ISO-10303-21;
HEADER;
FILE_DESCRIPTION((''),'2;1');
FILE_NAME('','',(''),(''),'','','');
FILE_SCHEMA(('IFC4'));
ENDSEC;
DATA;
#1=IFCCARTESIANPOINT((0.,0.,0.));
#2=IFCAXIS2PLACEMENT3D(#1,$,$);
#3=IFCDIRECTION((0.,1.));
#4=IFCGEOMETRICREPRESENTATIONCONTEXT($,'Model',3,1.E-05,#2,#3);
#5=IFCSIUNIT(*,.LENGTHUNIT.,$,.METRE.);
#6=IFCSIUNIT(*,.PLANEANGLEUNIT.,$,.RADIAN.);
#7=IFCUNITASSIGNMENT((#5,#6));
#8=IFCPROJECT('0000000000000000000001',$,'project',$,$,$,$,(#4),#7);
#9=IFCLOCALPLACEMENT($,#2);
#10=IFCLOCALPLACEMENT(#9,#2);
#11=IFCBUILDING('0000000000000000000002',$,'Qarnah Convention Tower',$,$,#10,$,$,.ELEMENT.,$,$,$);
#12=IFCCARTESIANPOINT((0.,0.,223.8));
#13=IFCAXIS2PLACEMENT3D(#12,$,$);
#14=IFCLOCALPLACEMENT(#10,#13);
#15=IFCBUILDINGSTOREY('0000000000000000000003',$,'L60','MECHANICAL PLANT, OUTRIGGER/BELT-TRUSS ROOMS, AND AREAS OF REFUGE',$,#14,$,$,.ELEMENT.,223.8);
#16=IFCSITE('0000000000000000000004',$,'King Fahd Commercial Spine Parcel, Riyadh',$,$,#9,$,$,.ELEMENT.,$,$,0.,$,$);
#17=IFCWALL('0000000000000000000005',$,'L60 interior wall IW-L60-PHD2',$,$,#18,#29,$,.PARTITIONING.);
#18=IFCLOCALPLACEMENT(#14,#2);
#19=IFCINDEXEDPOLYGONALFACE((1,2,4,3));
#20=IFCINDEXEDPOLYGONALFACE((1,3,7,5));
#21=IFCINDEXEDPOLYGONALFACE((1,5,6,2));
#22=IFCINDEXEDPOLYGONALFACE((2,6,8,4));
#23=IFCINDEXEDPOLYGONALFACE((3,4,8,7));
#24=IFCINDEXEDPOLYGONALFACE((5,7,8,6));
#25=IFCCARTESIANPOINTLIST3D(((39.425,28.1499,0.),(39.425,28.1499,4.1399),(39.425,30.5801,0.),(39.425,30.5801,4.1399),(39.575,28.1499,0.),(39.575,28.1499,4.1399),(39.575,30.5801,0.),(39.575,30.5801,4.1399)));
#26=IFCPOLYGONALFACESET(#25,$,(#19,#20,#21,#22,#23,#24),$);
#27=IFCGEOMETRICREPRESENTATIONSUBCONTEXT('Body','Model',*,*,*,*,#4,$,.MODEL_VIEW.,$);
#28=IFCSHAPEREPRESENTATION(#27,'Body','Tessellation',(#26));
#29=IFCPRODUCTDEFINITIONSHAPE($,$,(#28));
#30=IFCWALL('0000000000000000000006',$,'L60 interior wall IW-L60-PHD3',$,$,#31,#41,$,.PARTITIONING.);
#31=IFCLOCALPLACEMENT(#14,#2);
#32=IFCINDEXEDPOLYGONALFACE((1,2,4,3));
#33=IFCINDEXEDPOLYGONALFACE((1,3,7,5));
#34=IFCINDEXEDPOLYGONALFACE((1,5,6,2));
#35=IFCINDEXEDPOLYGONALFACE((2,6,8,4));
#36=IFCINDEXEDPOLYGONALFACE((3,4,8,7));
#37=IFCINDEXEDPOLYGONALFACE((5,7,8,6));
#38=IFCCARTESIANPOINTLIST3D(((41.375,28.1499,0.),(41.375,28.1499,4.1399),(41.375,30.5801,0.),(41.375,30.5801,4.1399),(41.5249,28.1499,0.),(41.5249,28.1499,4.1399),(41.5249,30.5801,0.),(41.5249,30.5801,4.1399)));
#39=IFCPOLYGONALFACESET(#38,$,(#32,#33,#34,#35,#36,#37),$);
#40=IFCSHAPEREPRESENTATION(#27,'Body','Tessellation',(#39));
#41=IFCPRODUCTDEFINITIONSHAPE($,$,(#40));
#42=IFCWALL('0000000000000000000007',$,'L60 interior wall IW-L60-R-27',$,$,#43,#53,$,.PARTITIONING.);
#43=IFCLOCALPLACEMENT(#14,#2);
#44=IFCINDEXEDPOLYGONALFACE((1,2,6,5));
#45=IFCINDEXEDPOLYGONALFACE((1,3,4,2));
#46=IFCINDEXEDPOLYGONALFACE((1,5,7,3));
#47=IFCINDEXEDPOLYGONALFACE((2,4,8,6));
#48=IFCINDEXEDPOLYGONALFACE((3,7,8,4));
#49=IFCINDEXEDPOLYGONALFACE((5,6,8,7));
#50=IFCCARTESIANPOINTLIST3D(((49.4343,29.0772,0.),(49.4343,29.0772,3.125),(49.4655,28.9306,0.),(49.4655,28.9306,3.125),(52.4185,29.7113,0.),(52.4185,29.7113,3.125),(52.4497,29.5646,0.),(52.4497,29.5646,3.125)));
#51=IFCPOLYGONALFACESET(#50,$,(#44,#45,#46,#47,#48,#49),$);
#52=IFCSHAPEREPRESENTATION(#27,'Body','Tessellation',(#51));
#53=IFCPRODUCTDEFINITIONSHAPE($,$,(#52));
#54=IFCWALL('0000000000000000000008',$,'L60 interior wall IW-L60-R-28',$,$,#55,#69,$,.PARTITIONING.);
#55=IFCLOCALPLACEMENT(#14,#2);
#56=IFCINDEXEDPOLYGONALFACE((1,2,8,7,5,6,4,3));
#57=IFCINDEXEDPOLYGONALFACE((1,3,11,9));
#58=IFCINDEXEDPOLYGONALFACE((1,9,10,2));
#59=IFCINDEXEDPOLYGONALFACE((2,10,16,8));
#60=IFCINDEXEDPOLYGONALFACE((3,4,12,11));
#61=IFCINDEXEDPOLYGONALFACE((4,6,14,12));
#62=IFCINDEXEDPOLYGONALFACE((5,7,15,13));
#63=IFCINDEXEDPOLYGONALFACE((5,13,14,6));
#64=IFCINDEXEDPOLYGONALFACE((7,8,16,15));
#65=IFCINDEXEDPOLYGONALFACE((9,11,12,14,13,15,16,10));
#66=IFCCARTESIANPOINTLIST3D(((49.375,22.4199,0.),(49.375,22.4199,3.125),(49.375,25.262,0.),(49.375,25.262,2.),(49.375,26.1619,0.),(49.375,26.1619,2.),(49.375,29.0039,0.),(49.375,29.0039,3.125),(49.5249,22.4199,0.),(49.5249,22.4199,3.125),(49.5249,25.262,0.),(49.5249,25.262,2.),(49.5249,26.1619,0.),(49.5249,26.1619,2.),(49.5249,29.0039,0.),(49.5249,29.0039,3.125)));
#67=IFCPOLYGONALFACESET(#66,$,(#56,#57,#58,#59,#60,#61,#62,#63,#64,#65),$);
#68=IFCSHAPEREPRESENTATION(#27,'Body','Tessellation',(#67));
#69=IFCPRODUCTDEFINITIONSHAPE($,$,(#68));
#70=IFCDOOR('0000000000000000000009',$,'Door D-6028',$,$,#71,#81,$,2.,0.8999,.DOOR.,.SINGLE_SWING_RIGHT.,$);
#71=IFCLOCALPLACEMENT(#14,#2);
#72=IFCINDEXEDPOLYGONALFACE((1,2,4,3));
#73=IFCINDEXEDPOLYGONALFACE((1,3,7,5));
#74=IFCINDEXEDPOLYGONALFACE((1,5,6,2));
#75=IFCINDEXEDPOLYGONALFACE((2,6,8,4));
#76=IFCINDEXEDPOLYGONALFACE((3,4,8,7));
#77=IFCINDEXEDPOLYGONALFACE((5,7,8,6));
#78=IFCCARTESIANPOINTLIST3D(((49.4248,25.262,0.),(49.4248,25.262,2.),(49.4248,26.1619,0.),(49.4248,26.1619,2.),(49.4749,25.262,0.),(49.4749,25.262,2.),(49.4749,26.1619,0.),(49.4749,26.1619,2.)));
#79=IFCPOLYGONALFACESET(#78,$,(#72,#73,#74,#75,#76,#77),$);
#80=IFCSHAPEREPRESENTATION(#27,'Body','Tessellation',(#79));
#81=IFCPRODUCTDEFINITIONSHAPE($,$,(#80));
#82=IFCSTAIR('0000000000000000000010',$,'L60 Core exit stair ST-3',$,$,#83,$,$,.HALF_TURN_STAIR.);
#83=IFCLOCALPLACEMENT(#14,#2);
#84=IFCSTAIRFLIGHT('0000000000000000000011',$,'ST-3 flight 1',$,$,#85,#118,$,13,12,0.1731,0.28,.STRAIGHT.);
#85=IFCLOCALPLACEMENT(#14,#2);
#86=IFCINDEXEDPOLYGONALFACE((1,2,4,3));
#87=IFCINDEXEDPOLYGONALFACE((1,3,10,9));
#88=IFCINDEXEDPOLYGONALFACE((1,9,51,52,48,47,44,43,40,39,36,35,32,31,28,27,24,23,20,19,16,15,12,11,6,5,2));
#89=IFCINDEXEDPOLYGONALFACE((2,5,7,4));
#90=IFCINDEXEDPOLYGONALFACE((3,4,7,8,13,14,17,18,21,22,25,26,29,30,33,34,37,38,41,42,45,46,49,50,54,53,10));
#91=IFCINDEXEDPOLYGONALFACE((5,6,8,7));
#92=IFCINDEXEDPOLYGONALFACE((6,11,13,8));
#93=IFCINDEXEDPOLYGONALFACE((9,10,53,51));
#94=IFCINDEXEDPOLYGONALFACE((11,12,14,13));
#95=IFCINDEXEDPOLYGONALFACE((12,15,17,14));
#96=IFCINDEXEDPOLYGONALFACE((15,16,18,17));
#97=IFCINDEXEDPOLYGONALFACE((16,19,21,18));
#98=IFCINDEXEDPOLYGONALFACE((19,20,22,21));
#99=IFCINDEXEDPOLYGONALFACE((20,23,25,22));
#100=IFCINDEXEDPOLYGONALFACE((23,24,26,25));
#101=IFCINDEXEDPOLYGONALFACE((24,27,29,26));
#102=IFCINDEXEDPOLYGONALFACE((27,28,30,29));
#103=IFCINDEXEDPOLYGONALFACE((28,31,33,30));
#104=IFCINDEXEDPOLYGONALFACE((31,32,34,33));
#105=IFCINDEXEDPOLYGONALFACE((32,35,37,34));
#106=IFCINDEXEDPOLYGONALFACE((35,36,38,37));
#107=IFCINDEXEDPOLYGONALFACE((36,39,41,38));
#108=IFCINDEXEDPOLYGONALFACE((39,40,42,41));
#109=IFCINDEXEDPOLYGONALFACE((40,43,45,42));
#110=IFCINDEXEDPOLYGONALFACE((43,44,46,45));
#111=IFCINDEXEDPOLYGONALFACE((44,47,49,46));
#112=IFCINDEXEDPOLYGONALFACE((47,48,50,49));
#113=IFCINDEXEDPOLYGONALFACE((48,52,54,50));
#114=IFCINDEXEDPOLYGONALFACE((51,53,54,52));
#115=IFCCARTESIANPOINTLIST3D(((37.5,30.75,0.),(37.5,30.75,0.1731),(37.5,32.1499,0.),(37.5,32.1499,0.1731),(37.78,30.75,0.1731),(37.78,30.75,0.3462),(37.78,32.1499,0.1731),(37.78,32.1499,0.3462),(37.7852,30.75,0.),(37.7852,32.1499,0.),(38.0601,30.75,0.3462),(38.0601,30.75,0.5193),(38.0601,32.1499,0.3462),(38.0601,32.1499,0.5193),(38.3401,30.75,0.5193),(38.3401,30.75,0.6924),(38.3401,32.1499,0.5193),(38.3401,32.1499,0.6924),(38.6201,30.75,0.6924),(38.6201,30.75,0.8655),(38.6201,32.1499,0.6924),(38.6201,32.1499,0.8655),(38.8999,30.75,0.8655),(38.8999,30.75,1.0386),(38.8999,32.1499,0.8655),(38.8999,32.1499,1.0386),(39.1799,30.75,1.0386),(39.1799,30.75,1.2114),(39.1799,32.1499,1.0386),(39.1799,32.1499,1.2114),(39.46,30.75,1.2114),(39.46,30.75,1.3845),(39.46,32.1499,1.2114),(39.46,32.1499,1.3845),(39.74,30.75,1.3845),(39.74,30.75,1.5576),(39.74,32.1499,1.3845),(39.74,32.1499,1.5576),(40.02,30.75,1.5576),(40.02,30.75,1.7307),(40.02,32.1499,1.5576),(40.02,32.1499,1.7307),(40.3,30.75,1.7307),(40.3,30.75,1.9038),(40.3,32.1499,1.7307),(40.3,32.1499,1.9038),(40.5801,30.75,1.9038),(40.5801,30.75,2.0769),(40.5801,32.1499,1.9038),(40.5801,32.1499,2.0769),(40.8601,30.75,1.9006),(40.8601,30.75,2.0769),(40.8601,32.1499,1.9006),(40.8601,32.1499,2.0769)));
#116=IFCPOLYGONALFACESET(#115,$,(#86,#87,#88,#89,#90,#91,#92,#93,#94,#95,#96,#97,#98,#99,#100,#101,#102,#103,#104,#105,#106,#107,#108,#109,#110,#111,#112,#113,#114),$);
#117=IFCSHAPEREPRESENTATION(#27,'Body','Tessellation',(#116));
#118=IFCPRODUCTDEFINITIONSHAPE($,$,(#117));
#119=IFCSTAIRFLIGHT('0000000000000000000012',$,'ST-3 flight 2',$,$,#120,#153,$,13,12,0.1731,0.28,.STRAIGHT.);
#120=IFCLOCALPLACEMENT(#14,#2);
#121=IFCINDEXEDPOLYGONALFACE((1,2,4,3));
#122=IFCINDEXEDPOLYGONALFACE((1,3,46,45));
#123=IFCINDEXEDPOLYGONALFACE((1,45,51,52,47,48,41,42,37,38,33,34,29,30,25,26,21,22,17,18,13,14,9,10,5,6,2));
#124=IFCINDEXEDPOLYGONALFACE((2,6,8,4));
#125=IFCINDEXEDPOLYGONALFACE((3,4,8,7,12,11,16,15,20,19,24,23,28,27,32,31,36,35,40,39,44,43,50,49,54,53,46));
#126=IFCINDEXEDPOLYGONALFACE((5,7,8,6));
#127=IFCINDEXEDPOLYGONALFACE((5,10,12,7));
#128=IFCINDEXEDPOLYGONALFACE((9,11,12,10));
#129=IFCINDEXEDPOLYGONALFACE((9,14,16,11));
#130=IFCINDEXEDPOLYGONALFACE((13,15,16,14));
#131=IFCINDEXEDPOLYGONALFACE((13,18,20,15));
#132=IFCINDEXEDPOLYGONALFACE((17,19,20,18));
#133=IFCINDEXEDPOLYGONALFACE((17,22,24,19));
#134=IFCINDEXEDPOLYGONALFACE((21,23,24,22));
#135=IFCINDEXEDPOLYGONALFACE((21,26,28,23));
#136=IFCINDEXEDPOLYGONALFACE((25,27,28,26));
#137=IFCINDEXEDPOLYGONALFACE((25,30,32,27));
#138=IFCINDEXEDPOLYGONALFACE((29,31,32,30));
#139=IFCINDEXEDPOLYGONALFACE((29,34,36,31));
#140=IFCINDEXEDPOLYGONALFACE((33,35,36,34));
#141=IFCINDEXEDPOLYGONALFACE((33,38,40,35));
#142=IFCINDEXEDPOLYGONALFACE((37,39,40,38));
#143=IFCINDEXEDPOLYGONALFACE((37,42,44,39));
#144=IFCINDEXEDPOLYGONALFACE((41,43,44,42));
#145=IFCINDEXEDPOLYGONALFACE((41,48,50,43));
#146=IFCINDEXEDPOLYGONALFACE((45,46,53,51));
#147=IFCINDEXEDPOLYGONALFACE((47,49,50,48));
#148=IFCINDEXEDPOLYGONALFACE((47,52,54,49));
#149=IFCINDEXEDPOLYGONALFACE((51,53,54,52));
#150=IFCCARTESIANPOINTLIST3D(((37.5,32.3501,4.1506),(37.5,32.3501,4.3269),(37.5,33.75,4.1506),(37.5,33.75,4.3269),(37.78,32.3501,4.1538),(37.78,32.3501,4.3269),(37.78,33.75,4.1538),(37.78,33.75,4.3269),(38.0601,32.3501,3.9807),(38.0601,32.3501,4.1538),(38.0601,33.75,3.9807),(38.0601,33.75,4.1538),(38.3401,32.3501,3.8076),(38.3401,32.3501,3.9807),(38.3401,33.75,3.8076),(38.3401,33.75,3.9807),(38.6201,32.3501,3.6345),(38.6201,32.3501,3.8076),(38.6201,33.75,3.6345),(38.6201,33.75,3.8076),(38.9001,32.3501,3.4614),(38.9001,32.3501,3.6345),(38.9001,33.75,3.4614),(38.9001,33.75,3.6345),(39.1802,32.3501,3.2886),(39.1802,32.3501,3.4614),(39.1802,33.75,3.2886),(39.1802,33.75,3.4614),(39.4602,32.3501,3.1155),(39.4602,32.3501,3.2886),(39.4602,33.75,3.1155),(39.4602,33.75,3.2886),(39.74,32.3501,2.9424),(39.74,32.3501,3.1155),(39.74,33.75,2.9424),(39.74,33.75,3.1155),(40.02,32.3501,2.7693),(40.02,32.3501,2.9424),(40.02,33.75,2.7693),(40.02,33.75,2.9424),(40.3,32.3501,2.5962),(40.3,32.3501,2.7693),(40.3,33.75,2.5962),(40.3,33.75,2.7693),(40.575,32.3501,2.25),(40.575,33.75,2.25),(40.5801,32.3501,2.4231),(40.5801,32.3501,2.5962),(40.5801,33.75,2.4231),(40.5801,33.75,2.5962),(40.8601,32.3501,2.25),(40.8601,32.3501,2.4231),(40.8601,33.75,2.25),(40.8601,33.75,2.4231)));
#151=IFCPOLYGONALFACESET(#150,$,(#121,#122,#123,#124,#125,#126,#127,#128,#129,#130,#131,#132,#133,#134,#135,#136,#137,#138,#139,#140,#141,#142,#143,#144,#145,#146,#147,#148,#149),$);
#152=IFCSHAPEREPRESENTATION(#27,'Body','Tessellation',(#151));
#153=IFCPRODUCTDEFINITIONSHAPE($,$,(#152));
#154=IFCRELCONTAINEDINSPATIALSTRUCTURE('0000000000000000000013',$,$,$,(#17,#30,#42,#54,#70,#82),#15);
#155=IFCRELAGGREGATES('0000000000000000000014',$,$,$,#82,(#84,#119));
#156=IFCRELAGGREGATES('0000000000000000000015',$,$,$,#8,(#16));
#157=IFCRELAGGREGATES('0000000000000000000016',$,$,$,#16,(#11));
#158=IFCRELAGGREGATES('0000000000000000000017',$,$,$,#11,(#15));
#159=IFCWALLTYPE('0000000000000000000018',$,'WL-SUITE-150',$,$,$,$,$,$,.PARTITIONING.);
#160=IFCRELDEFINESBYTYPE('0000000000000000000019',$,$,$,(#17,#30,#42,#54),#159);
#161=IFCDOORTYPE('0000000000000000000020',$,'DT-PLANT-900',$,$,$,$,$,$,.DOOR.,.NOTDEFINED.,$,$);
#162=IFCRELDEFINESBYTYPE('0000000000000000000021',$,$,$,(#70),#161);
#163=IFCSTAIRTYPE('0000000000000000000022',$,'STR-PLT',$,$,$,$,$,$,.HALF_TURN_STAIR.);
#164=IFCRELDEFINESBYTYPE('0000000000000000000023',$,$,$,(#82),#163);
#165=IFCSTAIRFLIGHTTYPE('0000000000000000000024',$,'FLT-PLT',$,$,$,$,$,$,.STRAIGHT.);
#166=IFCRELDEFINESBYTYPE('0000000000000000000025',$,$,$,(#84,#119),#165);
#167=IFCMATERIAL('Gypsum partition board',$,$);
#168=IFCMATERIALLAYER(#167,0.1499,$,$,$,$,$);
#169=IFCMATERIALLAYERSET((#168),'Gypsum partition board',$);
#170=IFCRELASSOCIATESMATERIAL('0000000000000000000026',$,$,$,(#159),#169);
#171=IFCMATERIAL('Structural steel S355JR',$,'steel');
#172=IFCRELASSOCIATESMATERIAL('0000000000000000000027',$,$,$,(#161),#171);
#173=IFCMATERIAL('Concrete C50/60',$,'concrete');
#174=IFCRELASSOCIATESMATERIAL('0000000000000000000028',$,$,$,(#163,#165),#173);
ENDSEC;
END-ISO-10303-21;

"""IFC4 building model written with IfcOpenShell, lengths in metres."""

from ifc_helpers import new_model, si_unit, direction, frame, frame_2d, origin, place, context, subcontext, project, spatial, polyline, rectangle, outline, extrude, material, layer, layer_set, type_object, element, fill, aggregate, save


model = new_model("IFC4")

# Units and contexts
model_context = context("Model", 3, precision=1e-05, world=origin(), true_north=direction((0.0, 1.0)))
body_context = subcontext(model_context, "Body", "Model", "MODEL_VIEW")
ifc_project = project(units=[si_unit("LENGTHUNIT", "METRE"), si_unit("PLANEANGLEUNIT", "RADIAN")], contexts=[model_context])

# Site, building, storey
site_placement = place(None, origin())
site = spatial("IfcSite", under=ifc_project, at=site_placement, Name="King Fahd Commercial Spine Parcel, Riyadh", CompositionType="ELEMENT", RefElevation=0.0)
building_placement = place(site_placement, origin())
building = spatial("IfcBuilding", under=site, at=building_placement, Name="Qarnah Convention Tower", CompositionType="ELEMENT")
storey_placement = place(building_placement, frame((0.0, 0.0, 223.8)))
storey = spatial("IfcBuildingStorey", under=building, at=storey_placement, Name="L60", Description="MECHANICAL PLANT, OUTRIGGER/BELT-TRUSS ROOMS, AND AREAS OF REFUGE", CompositionType="ELEMENT", Elevation=223.8)

# Shared definitions
ifc_material_1 = material(Name="Concrete C50/60", Category="concrete")

# Shared definitions
ifc_material_2 = material(Name="Structural steel S355JR", Category="steel")

# Walls
ifc_material_3 = material(Name="Gypsum partition board")
ifc_layer_1 = layer(ifc_material_3, 0.1499)
ifc_layer_set_1 = layer_set([ifc_layer_1], Name="Gypsum partition board")
wall_type_1 = type_object("IfcWallType", Name="WL-SUITE-150", PredefinedType="PARTITIONING", material=ifc_layer_set_1)
for number, where, z_axis, x_axis, name in (
    (1, (39.5, 28.1499, 0.0), (0.0, 0.0, 1.0), (0.0, 1.0, 0.0), "L60 interior wall IW-L60-PHD2"),
    (2, (41.45, 28.1499, 0.0), (0.0, 0.0, 1.0), (0.0, 1.0, 0.0), "L60 interior wall IW-L60-PHD3"),
):
    element("IfcWall", number, at=place(storey_placement, frame(where, z_axis=z_axis, x_axis=x_axis)), inside=storey, type_object=wall_type_1, Name=name, PredefinedType="PARTITIONING", context=body_context, shape_type="SweptSolid", body=[
        extrude(rectangle(XDim=2.4302, YDim=0.1499, at=frame_2d((1.2151, 0.0))), origin(), (0.0, 0.0, 1.0), 4.1399),
    ])
wall_1_placement = place(storey_placement, frame((52.4341, 29.6379, 0.0), z_axis=(0.0, 0.0, 1.0), x_axis=(-0.978165, -0.207829, 0.0)))
element("IfcWall", 3, at=wall_1_placement, inside=storey, type_object=wall_type_1, Name="L60 interior wall IW-L60-R-27", PredefinedType="PARTITIONING", context=body_context, shape_type="SweptSolid", body=[
    extrude(rectangle(XDim=3.0508, YDim=0.1499, at=frame_2d((1.5254, 0.0))), origin(), (0.0, 0.0, 1.0), 3.125),
])

# Wall, opening, door
wall_2_placement = place(storey_placement, frame((49.45, 29.0039, 0.0), z_axis=(0.0, 0.0, 1.0), x_axis=(0.0, -1.0, 0.0)))
wall_2 = element("IfcWall", 4, at=wall_2_placement, inside=storey, type_object=wall_type_1, Name="L60 interior wall IW-L60-R-28", PredefinedType="PARTITIONING", context=body_context, shape_type="SweptSolid", body=[
    extrude(rectangle(XDim=6.584, YDim=0.1499, at=frame_2d((3.292, 0.0))), origin(), (0.0, 0.0, 1.0), 3.125),
])
opening_1_placement = place(wall_2_placement, frame((2.842, 0.0, 0.0)))
opening_1 = element("IfcOpeningElement", 5, at=opening_1_placement, cuts=wall_2, PredefinedType="OPENING", context=body_context, shape_type="SweptSolid", body=[
    extrude(rectangle(XDim=0.8999, YDim=2.0, at=frame_2d((0.45, 1.0))), frame((0.0, 0.085, 0.0), z_axis=(0.0, -1.0, 0.0), x_axis=(1.0, 0.0, 0.0)), (0.0, 0.0, 1.0), 0.1699),
])
door_type_1 = type_object("IfcDoorType", Name="DT-PLANT-900", OperationType="NOTDEFINED", PredefinedType="DOOR", material=ifc_material_2)
door_1_placement = place(opening_1_placement, origin())
door_1 = element("IfcDoor", 6, at=door_1_placement, inside=storey, type_object=door_type_1, Name="Door D-6028", OperationType="SINGLE_SWING_RIGHT", OverallHeight=2.0, OverallWidth=0.8999, PredefinedType="DOOR", context=body_context, shape_type="SweptSolid", body=[
    extrude(rectangle(XDim=0.8999, YDim=2.0, at=frame_2d((0.45, 1.0))), frame((0.0, 0.0249, 0.0), z_axis=(0.0, -1.0, 0.0), x_axis=(1.0, 0.0, 0.0)), (0.0, 0.0, 1.0), 0.05),
])
fill(opening_1, door_1)

# Stair, stair flights
stair_type = type_object("IfcStairType", Name="STR-PLT", PredefinedType="HALF_TURN_STAIR", material=ifc_material_1)
stair_placement = place(storey_placement, origin())
stair = element("IfcStair", 7, at=stair_placement, inside=storey, type_object=stair_type, Name="L60 Core exit stair ST-3", PredefinedType="HALF_TURN_STAIR")
stair_flight_type = type_object("IfcStairFlightType", Name="FLT-PLT", PredefinedType="STRAIGHT", material=ifc_material_1)
stair_flight_1_placement = place(storey_placement, frame((37.5, 31.45, 0.0), z_axis=(0.0, 0.0, 1.0), x_axis=(1.0, 0.0, 0.0)))
stair_flight_1 = element("IfcStairFlight", 8, at=stair_flight_1_placement, type_object=stair_flight_type, Name="ST-3 flight 1", NumberOfRisers=13, NumberOfTreads=12, PredefinedType="STRAIGHT", RiserHeight=0.1731, TreadLength=0.28, context=body_context, shape_type="SweptSolid", body=[
    extrude(outline(polyline([(0.0, 0.0), (0.0, 0.1731), (0.28, 0.1731), (0.28, 0.3462), (0.5601, 0.3462), (0.5601, 0.5193), (0.8401, 0.5193), (0.8401, 0.6924), (1.1201, 0.6924), (1.1201, 0.8655), (1.3999, 0.8655), (1.3999, 1.0386), (1.6799, 1.0386), (1.6799, 1.2114), (1.96, 1.2114), (1.96, 1.3845), (2.24, 1.3845), (2.24, 1.5576), (2.52, 1.5576), (2.52, 1.7307), (2.8, 1.7307), (2.8, 1.9038), (3.0801, 1.9038), (3.0801, 2.0769), (3.3601, 2.0769), (3.3601, 2.25), (3.3601, 1.9006), (0.2852, 0.0), (0.0, 0.0)])), frame((0.0, 0.7, 0.0), z_axis=(0.0, -1.0, 0.0), x_axis=(1.0, 0.0, 0.0)), (0.0, 0.0, 1.0), 1.3999),
])
stair_flight_2_placement = place(storey_placement, frame((40.8601, 33.05, 2.25), z_axis=(0.0, 0.0, 1.0), x_axis=(-1.0, 0.0, 0.0)))
stair_flight_2 = element("IfcStairFlight", 9, at=stair_flight_2_placement, type_object=stair_flight_type, Name="ST-3 flight 2", NumberOfRisers=13, NumberOfTreads=12, PredefinedType="STRAIGHT", RiserHeight=0.1731, TreadLength=0.28, context=body_context, shape_type="SweptSolid", body=[
    extrude(outline(polyline([(0.0, 0.0), (0.0, 0.1731), (0.28, 0.1731), (0.28, 0.3462), (0.5601, 0.3462), (0.5601, 0.5193), (0.8401, 0.5193), (0.8401, 0.6924), (1.1201, 0.6924), (1.1201, 0.8655), (1.3999, 0.8655), (1.3999, 1.0386), (1.6799, 1.0386), (1.6799, 1.2114), (1.96, 1.2114), (1.96, 1.3845), (2.24, 1.3845), (2.24, 1.5576), (2.52, 1.5576), (2.52, 1.7307), (2.8, 1.7307), (2.8, 1.9038), (3.0801, 1.9038), (3.0801, 2.0769), (3.3601, 2.0769), (3.3601, 2.25), (3.3601, 1.9006), (0.2852, 0.0), (0.0, 0.0)])), frame((0.0, 0.7, 0.0), z_axis=(0.0, -1.0, 0.0), x_axis=(1.0, 0.0, 0.0)), (0.0, 0.0, 1.0), 1.3999),
])
aggregate(stair, [stair_flight_1, stair_flight_2])

save(model, "model.ifc")
